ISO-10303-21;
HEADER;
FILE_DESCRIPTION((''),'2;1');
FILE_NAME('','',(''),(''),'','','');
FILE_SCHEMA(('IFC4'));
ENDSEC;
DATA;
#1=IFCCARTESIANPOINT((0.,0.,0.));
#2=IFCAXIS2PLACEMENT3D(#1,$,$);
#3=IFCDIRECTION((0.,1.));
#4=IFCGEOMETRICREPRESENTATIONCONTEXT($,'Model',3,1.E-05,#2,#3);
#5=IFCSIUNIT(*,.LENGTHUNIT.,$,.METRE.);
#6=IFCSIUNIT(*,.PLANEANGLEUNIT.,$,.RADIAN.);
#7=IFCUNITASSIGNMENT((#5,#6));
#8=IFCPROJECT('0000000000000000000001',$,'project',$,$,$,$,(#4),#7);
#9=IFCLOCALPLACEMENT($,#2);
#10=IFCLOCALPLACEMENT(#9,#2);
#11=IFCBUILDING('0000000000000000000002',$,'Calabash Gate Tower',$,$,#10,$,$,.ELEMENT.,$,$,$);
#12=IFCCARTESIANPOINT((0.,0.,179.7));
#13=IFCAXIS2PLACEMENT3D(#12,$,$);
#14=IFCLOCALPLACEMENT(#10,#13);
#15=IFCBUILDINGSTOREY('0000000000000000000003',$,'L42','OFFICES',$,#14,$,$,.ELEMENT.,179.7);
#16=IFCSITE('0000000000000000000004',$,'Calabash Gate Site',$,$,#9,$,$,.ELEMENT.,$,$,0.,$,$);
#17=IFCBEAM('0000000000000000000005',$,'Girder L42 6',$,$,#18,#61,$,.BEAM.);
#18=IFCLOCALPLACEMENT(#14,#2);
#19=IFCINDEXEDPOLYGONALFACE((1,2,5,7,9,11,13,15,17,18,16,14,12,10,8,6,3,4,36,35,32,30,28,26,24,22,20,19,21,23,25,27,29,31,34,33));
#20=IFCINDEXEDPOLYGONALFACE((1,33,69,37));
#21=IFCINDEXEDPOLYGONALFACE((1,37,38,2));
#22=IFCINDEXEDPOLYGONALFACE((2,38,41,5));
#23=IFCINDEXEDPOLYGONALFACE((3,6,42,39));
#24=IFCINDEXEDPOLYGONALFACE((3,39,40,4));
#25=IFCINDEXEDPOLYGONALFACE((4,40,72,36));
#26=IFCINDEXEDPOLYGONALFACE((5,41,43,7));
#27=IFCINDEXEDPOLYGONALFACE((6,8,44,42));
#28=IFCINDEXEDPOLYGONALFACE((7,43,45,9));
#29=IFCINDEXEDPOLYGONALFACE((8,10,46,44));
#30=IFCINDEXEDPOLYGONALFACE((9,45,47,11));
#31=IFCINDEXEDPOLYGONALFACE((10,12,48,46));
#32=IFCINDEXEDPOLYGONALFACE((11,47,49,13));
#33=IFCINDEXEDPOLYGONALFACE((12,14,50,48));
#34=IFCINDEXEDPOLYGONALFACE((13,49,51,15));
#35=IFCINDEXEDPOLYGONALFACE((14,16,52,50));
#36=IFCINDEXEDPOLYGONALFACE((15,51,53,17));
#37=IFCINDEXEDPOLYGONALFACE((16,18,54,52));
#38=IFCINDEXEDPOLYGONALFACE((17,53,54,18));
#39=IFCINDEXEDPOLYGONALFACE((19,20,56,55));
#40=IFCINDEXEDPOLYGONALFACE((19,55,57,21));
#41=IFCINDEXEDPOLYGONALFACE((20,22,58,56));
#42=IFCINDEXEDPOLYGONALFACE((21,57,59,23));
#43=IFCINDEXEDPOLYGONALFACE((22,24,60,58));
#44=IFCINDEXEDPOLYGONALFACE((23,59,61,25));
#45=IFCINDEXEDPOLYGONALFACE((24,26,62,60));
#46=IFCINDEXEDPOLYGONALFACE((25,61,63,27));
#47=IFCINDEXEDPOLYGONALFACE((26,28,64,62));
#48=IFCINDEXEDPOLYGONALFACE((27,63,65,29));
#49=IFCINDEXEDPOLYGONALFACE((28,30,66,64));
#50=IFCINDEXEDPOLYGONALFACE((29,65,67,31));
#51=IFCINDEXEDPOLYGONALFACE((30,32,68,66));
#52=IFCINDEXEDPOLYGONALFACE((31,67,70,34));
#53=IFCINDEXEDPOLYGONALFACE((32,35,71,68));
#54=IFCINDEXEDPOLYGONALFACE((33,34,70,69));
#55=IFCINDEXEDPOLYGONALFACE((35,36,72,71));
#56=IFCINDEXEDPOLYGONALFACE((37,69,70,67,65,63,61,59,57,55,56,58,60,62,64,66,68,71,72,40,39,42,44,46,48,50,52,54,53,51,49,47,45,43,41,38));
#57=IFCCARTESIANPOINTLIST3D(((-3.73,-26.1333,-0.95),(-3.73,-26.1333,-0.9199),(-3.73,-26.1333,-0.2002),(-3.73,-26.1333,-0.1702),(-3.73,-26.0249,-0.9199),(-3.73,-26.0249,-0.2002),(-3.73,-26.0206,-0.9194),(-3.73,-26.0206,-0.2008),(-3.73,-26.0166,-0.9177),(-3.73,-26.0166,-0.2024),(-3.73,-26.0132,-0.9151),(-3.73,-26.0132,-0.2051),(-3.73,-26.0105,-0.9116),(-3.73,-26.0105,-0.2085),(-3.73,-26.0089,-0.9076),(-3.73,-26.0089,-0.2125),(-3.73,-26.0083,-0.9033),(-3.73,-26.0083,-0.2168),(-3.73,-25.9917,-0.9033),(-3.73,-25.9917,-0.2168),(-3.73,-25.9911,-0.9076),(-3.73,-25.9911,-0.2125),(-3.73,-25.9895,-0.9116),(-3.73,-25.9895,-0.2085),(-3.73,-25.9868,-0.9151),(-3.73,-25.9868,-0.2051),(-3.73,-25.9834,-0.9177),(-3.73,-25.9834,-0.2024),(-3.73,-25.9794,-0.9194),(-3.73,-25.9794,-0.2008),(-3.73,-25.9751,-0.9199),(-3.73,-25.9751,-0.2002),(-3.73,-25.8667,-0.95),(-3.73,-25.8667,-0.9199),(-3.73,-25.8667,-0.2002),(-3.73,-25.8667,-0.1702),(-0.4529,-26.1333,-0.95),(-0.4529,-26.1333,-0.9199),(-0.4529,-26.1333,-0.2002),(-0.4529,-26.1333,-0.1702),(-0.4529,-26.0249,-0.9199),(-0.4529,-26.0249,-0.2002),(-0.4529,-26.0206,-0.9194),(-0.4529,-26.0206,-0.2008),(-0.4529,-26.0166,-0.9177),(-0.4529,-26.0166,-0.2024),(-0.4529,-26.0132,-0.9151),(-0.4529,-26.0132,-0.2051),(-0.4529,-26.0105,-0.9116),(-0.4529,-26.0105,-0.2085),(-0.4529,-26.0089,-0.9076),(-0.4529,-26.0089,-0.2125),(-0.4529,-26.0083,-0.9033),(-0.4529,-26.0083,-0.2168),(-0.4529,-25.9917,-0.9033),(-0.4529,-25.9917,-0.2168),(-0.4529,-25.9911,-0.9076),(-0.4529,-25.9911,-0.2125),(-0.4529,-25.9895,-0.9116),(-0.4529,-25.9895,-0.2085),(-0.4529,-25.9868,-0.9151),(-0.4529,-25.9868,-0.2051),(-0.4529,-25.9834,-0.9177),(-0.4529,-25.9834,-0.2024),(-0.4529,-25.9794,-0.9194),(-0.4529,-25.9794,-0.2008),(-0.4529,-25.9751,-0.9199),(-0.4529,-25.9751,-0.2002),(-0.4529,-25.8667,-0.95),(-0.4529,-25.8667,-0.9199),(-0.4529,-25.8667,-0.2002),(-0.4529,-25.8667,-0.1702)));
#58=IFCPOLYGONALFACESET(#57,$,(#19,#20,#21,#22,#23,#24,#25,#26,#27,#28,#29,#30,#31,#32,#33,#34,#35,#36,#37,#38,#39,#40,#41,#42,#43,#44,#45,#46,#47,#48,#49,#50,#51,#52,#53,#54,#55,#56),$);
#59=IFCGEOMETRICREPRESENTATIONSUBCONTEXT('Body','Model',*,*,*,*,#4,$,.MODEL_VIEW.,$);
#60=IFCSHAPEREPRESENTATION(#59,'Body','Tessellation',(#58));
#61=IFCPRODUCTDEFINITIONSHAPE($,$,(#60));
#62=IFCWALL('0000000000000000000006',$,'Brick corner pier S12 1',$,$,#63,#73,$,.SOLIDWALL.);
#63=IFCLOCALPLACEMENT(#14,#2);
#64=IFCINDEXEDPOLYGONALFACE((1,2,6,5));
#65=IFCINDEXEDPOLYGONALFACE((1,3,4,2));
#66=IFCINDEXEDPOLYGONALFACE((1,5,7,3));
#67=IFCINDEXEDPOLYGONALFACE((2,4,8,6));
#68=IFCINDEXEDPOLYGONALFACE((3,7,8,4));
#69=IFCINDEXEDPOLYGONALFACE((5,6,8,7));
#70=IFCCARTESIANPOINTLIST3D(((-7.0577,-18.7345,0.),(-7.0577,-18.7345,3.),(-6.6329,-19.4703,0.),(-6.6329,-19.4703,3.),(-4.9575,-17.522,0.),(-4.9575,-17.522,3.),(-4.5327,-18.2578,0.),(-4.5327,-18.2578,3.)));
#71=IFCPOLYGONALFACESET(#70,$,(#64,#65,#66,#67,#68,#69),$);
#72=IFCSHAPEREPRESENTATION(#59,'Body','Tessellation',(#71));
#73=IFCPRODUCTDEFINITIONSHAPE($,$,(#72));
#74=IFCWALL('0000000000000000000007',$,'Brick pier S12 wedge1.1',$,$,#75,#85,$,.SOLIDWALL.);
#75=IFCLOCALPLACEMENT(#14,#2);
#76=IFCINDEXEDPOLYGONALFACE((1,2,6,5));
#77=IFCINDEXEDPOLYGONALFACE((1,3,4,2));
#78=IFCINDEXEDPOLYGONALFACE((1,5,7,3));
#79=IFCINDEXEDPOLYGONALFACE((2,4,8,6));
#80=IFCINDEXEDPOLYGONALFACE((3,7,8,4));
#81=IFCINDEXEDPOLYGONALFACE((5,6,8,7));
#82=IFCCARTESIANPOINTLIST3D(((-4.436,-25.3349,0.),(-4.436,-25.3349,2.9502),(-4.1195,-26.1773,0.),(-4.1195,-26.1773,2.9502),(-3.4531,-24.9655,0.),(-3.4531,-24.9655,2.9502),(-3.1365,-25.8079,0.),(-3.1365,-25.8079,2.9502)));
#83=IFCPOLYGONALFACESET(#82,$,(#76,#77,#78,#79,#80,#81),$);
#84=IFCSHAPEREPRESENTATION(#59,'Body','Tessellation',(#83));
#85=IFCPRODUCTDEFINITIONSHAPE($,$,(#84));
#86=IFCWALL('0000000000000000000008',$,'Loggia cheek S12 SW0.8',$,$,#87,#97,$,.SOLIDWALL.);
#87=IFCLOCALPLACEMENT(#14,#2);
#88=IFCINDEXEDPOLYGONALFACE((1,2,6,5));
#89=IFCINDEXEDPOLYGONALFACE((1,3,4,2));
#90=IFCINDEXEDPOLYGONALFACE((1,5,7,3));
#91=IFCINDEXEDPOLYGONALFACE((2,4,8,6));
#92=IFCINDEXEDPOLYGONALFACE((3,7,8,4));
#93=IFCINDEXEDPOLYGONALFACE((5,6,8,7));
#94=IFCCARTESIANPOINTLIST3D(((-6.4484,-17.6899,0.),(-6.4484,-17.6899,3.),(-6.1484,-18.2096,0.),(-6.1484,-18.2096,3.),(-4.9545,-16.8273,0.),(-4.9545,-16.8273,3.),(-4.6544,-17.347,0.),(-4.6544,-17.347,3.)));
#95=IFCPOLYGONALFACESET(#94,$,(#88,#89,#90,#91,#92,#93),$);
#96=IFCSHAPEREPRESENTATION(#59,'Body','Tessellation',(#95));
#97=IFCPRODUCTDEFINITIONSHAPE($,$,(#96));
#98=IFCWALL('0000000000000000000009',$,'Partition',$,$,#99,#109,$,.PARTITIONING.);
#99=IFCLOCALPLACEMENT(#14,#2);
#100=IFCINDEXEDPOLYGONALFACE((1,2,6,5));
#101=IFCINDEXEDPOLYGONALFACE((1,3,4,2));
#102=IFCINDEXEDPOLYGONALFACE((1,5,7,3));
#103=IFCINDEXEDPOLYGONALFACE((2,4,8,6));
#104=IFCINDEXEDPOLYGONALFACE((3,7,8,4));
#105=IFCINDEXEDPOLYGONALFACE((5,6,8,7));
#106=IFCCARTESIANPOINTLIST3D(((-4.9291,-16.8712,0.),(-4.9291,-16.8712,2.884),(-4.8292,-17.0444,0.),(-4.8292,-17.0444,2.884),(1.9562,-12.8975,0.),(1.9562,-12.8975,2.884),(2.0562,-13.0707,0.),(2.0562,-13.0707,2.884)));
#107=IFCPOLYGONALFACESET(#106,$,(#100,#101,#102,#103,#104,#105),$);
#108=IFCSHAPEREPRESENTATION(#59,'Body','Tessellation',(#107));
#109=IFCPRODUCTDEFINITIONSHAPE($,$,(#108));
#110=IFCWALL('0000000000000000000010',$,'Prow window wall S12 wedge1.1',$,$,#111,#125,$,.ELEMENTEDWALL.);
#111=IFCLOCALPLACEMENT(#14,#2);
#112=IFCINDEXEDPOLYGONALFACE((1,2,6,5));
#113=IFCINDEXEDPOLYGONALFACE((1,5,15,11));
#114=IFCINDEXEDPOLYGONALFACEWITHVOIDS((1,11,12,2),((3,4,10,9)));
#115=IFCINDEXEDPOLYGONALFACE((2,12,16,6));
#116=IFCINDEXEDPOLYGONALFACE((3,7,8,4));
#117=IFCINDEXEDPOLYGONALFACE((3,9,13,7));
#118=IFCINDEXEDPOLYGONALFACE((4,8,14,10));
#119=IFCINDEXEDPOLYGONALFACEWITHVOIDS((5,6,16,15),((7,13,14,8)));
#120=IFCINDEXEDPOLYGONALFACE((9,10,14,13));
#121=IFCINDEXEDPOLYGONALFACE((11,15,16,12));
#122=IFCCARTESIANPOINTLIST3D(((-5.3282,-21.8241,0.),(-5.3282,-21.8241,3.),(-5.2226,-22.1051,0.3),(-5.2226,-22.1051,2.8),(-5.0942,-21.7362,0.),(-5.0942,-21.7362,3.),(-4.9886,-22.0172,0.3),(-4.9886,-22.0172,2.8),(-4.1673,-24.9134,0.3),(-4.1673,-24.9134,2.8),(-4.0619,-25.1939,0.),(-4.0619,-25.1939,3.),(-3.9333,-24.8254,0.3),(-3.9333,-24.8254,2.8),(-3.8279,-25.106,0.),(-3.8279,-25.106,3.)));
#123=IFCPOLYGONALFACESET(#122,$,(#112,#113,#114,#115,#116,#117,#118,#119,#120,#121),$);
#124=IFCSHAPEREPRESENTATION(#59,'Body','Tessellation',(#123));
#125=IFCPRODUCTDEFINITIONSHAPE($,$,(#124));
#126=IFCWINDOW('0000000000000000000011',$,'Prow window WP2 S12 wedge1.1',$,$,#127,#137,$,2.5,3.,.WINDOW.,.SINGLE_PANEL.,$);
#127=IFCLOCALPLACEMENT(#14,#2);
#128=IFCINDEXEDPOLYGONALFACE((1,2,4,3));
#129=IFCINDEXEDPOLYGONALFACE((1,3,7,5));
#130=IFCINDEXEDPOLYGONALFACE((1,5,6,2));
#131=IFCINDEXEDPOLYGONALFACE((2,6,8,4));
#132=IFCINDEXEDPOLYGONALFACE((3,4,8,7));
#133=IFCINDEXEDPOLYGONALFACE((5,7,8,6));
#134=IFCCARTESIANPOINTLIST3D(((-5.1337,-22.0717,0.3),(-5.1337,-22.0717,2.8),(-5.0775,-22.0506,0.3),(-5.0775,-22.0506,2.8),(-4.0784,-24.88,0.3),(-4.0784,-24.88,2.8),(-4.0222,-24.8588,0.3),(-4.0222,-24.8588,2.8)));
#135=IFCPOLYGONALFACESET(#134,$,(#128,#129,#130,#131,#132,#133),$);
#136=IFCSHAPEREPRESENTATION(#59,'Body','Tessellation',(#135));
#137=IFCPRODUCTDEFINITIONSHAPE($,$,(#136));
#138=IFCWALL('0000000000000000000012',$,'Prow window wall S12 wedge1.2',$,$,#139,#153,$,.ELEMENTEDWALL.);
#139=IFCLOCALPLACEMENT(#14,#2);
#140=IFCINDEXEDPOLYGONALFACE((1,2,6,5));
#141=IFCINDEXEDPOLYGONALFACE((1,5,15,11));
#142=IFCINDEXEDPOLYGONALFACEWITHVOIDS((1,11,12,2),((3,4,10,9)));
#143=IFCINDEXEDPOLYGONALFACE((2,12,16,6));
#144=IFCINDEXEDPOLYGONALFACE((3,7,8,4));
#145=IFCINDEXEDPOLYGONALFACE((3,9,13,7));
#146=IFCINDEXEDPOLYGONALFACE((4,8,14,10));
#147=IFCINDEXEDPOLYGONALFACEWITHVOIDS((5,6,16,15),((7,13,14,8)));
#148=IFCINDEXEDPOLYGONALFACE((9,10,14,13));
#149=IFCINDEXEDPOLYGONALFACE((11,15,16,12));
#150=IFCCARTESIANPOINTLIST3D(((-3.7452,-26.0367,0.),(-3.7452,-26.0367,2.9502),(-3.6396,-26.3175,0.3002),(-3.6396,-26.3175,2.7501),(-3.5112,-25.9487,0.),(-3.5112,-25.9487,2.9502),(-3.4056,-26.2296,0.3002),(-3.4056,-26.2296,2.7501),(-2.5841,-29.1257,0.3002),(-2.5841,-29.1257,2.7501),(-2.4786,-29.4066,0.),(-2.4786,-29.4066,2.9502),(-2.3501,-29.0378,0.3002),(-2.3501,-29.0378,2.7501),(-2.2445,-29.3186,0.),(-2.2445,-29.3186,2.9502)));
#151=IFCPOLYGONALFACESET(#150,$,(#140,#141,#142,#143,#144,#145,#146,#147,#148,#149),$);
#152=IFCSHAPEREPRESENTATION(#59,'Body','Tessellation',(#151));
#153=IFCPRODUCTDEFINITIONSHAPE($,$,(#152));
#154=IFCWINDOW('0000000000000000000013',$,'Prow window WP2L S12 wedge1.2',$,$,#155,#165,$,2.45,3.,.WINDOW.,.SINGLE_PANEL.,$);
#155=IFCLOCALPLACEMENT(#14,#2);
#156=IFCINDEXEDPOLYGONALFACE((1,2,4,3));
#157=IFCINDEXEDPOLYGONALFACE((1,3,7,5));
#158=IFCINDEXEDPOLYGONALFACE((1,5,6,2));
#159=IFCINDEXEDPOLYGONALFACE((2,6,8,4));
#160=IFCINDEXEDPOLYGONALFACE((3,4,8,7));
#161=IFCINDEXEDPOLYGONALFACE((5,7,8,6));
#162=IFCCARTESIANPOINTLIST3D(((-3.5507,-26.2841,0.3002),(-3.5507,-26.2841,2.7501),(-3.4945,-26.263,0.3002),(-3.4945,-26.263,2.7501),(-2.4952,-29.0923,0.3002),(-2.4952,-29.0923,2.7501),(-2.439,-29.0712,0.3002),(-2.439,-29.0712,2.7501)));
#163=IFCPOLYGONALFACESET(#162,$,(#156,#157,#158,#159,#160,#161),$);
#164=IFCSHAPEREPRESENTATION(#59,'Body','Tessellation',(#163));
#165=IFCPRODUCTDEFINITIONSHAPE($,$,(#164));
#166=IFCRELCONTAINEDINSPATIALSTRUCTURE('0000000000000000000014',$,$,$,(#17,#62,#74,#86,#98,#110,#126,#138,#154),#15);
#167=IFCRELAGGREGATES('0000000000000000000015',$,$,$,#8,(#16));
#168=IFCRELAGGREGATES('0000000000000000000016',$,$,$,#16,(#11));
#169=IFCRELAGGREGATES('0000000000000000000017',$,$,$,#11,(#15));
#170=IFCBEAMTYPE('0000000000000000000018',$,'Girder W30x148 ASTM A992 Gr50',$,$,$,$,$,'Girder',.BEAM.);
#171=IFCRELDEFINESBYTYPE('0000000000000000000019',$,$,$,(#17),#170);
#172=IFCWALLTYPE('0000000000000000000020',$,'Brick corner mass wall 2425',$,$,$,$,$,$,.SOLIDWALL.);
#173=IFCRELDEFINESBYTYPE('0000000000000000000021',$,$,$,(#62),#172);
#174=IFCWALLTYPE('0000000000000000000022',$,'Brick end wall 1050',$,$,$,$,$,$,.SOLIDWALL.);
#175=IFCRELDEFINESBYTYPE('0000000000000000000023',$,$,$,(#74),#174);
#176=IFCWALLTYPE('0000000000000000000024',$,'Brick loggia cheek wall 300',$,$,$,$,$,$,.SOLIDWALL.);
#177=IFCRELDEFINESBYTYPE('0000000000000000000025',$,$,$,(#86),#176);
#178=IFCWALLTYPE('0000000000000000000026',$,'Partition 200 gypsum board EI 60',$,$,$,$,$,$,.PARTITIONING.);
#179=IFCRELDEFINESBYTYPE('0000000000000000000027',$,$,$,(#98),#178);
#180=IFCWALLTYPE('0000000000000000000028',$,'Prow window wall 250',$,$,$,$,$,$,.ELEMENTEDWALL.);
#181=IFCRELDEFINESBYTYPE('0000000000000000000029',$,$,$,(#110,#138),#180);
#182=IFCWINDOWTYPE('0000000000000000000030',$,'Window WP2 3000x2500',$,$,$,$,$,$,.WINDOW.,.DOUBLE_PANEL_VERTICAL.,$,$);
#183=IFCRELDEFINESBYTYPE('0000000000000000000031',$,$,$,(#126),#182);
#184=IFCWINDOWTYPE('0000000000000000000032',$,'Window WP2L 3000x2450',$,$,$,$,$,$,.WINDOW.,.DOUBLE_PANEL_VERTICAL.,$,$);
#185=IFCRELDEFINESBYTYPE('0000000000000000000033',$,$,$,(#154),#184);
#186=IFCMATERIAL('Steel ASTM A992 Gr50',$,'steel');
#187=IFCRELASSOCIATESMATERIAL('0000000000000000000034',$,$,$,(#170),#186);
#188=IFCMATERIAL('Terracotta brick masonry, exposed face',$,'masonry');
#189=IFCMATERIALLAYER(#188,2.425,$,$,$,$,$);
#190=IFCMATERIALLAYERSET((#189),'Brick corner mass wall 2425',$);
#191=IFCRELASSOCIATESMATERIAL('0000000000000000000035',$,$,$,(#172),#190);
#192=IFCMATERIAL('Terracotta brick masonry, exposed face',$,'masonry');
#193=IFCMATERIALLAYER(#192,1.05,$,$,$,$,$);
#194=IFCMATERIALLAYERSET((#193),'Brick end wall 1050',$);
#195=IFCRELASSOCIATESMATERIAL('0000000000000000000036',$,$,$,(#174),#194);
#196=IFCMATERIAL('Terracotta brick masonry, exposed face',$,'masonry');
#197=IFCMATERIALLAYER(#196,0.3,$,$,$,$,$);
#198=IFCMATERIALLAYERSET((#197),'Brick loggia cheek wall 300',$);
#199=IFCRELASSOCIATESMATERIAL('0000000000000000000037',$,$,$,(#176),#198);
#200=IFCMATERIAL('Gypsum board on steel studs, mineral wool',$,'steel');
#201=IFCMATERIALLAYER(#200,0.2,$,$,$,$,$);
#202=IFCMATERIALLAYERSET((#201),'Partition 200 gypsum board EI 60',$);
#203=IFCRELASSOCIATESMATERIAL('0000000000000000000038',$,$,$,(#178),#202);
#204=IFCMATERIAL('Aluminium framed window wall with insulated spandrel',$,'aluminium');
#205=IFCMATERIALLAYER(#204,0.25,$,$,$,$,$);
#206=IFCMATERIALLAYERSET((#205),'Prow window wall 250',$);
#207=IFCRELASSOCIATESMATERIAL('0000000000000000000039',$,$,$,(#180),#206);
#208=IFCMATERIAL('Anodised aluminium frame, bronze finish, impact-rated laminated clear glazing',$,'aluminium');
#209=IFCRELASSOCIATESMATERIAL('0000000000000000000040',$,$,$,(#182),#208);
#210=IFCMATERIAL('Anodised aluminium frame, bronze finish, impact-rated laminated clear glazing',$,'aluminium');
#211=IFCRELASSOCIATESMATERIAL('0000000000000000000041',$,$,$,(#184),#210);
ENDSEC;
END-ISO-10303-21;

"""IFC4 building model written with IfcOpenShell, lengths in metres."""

from ifc_helpers import new_model, si_unit, direction, frame, frame_2d, origin, origin_2d, place, context, subcontext, project, spatial, rectangle, i_section, extrude, material, layer, layer_set, material_profile, profile_set, type_object, element, fill, save


model = new_model("IFC4")

# Units and contexts
model_context = context("Model", 3, precision=1e-05, world=origin(), true_north=direction((0.0, 1.0)))
body_context = subcontext(model_context, "Body", "Model", "MODEL_VIEW")
ifc_project = project(units=[si_unit("LENGTHUNIT", "METRE"), si_unit("PLANEANGLEUNIT", "RADIAN")], contexts=[model_context])

# Site, building, storey
site_placement = place(None, origin())
site = spatial("IfcSite", under=ifc_project, at=site_placement, Name="Calabash Gate Site", CompositionType="ELEMENT", RefElevation=0.0)
building_placement = place(site_placement, origin())
building = spatial("IfcBuilding", under=site, at=building_placement, Name="Calabash Gate Tower", CompositionType="ELEMENT")
storey_placement = place(building_placement, frame((0.0, 0.0, 179.7)))
storey = spatial("IfcBuildingStorey", under=building, at=storey_placement, Name="L42", Description="OFFICES", CompositionType="ELEMENT", Elevation=179.7)

# Beam
ifc_material_1 = material(Name="Steel ASTM A992 Gr50", Category="steel")
ifc_material_profile_1 = material_profile(ifc_material_1, i_section(OverallWidth=0.2666, OverallDepth=0.7798, WebThickness=0.0166, FlangeThickness=0.03, FilletRadius=0.0166, at=origin_2d()))
ifc_profile_set_1 = profile_set([ifc_material_profile_1], Name="Steel ASTM A992 Gr50")
beam_type_1 = type_object("IfcBeamType", Name="Girder W30x148 ASTM A992 Gr50", ElementType="Girder", PredefinedType="BEAM", material=ifc_profile_set_1)
beam_1_placement = place(storey_placement, frame((-3.73, -26.0, -0.5601), z_axis=(1.0, 0.0, 0.0), x_axis=(0.0, 1.0, 0.0)))
element("IfcBeam", 1, at=beam_1_placement, inside=storey, type_object=beam_type_1, Name="Girder L42 6", PredefinedType="BEAM", context=body_context, shape_type="SweptSolid", body=[
    extrude(i_section(OverallWidth=0.2666, OverallDepth=0.7798, WebThickness=0.0166, FlangeThickness=0.03, FilletRadius=0.0166, at=origin_2d()), origin(), (0.0, 0.0, 1.0), 3.2771),
])

# Walls
ifc_material_2 = material(Name="Terracotta brick masonry, exposed face", Category="masonry")
ifc_layer_1 = layer(ifc_material_2, 2.425)
ifc_layer_set_1 = layer_set([ifc_layer_1], Name="Brick corner mass wall 2425")
wall_type_1 = type_object("IfcWallType", Name="Brick corner mass wall 2425", PredefinedType="SOLIDWALL", material=ifc_layer_set_1)
wall_1_placement = place(storey_placement, frame((-6.8452, -19.1023, 0.0), z_axis=(0.0, 0.0, 1.0), x_axis=(0.866041, 0.499972, 0.0)))
element("IfcWall", 2, at=wall_1_placement, inside=storey, type_object=wall_type_1, Name="Brick corner pier S12 1", PredefinedType="SOLIDWALL", context=body_context, shape_type="SweptSolid", body=[
    extrude(rectangle(XDim=2.425, YDim=0.8496, at=frame_2d((1.2124, 0.0))), origin(), (0.0, 0.0, 1.0), 3.0),
])
ifc_material_3 = material(Name="Terracotta brick masonry, exposed face", Category="masonry")
ifc_layer_2 = layer(ifc_material_3, 1.05)
ifc_layer_set_2 = layer_set([ifc_layer_2], Name="Brick end wall 1050")
wall_type_2 = type_object("IfcWallType", Name="Brick end wall 1050", PredefinedType="SOLIDWALL", material=ifc_layer_set_2)
wall_2_placement = place(storey_placement, frame((-3.2949, -25.3867, 0.0), z_axis=(0.0, 0.0, 1.0), x_axis=(-0.936081, -0.351786, 0.0)))
element("IfcWall", 3, at=wall_2_placement, inside=storey, type_object=wall_type_2, Name="Brick pier S12 wedge1.1", PredefinedType="SOLIDWALL", context=body_context, shape_type="SweptSolid", body=[
    extrude(rectangle(XDim=1.05, YDim=0.8999, at=frame_2d((0.5249, 0.0))), origin(), (0.0, 0.0, 1.0), 2.9502),
])
ifc_material_4 = material(Name="Terracotta brick masonry, exposed face", Category="masonry")
ifc_layer_3 = layer(ifc_material_4, 0.3)
ifc_layer_set_3 = layer_set([ifc_layer_3], Name="Brick loggia cheek wall 300")
wall_type_3 = type_object("IfcWallType", Name="Brick loggia cheek wall 300", PredefinedType="SOLIDWALL", material=ifc_layer_set_3)
wall_3_placement = place(storey_placement, frame((-4.8044, -17.0872, 0.0), z_axis=(0.0, 0.0, 1.0), x_axis=(-0.866014, -0.500021, 0.0)))
element("IfcWall", 4, at=wall_3_placement, inside=storey, type_object=wall_type_3, Name="Loggia cheek S12 SW0.8", PredefinedType="SOLIDWALL", context=body_context, shape_type="SweptSolid", body=[
    extrude(rectangle(XDim=1.7251, YDim=0.6001, at=frame_2d((0.8625, 0.0))), origin(), (0.0, 0.0, 1.0), 3.0),
])
ifc_material_5 = material(Name="Gypsum board on steel studs, mineral wool", Category="steel")
ifc_layer_4 = layer(ifc_material_5, 0.2)
ifc_layer_set_4 = layer_set([ifc_layer_4], Name="Partition 200 gypsum board EI 60")
wall_type_4 = type_object("IfcWallType", Name="Partition 200 gypsum board EI 60", PredefinedType="PARTITIONING", material=ifc_layer_set_4)
wall_4_placement = place(storey_placement, frame((-4.8792, -16.9578, 0.0), z_axis=(0.0, 0.0, 1.0), x_axis=(0.866111, 0.499852, 0.0)))
element("IfcWall", 5, at=wall_4_placement, inside=storey, type_object=wall_type_4, Name="Partition", PredefinedType="PARTITIONING", context=body_context, shape_type="SweptSolid", body=[
    extrude(rectangle(XDim=7.9497, YDim=0.2, at=frame_2d((3.9749, 0.0))), origin(), (0.0, 0.0, 1.0), 2.884),
])

# Walls, openings, windows
ifc_material_6 = material(Name="Aluminium framed window wall with insulated spandrel", Category="aluminium")
ifc_layer_5 = layer(ifc_material_6, 0.25)
ifc_layer_set_5 = layer_set([ifc_layer_5], Name="Prow window wall 250")
wall_type_5 = type_object("IfcWallType", Name="Prow window wall 250", PredefinedType="ELEMENTEDWALL", material=ifc_layer_set_5)
wall_5_placement = place(storey_placement, frame((-5.2112, -21.7803, 0.0), z_axis=(0.0, 0.0, 1.0), x_axis=(0.35177, -0.936086, 0.0)))
wall_5 = element("IfcWall", 6, at=wall_5_placement, inside=storey, type_object=wall_type_5, Name="Prow window wall S12 wedge1.1", PredefinedType="ELEMENTEDWALL", context=body_context, shape_type="SweptSolid", body=[
    extrude(rectangle(XDim=3.5999, YDim=0.25, at=frame_2d((1.7998, 0.0))), origin(), (0.0, 0.0, 1.0), 3.0),
])
opening_1_placement = place(wall_5_placement, frame((0.3, 0.0, 0.3)))
opening_1 = element("IfcOpeningElement", 7, at=opening_1_placement, cuts=wall_5, PredefinedType="OPENING", context=body_context, shape_type="SweptSolid", body=[
    extrude(rectangle(XDim=3.0, YDim=2.5, at=frame_2d((1.5, 1.25))), frame((0.0, 0.135, 0.0), z_axis=(0.0, -1.0, 0.0), x_axis=(1.0, 0.0, 0.0)), (0.0, 0.0, 1.0), 0.27),
])
ifc_material_7 = material(Name="Anodised aluminium frame, bronze finish, impact-rated laminated clear glazing", Category="aluminium")
window_type_1 = type_object("IfcWindowType", Name="Window WP2 3000x2500", PartitioningType="DOUBLE_PANEL_VERTICAL", PredefinedType="WINDOW", material=ifc_material_7)
window_1_placement = place(opening_1_placement, origin())
window_1 = element("IfcWindow", 8, at=window_1_placement, inside=storey, type_object=window_type_1, Name="Prow window WP2 S12 wedge1.1", OverallHeight=2.5, OverallWidth=3.0, PartitioningType="SINGLE_PANEL", PredefinedType="WINDOW", context=body_context, shape_type="SweptSolid", body=[
    extrude(rectangle(XDim=3.0, YDim=2.5, at=frame_2d((1.5, 1.25))), frame((0.0, 0.03, 0.0), z_axis=(0.0, -1.0, 0.0), x_axis=(1.0, 0.0, 0.0)), (0.0, 0.0, 1.0), 0.0601),
])
fill(opening_1, window_1)
wall_6_placement = place(storey_placement, frame((-3.6282, -25.9927, 0.0), z_axis=(0.0, 0.0, 1.0), x_axis=(0.351829, -0.936064, 0.0)))
wall_6 = element("IfcWall", 9, at=wall_6_placement, inside=storey, type_object=wall_type_5, Name="Prow window wall S12 wedge1.2", PredefinedType="ELEMENTEDWALL", context=body_context, shape_type="SweptSolid", body=[
    extrude(rectangle(XDim=3.6001, YDim=0.25, at=frame_2d((1.8, 0.0))), origin(), (0.0, 0.0, 1.0), 2.9502),
])
opening_2_placement = place(wall_6_placement, frame((0.3, 0.0, 0.3)))
opening_2 = element("IfcOpeningElement", 10, at=opening_2_placement, cuts=wall_6, PredefinedType="OPENING", context=body_context, shape_type="SweptSolid", body=[
    extrude(rectangle(XDim=3.0, YDim=2.45, at=frame_2d((1.5, 1.2251))), frame((0.0, 0.135, 0.0), z_axis=(0.0, -1.0, 0.0), x_axis=(1.0, 0.0, 0.0)), (0.0, 0.0, 1.0), 0.27),
])
ifc_material_8 = material(Name="Anodised aluminium frame, bronze finish, impact-rated laminated clear glazing", Category="aluminium")
window_type_2 = type_object("IfcWindowType", Name="Window WP2L 3000x2450", PartitioningType="DOUBLE_PANEL_VERTICAL", PredefinedType="WINDOW", material=ifc_material_8)
window_2_placement = place(opening_2_placement, origin())
window_2 = element("IfcWindow", 11, at=window_2_placement, inside=storey, type_object=window_type_2, Name="Prow window WP2L S12 wedge1.2", OverallHeight=2.45, OverallWidth=3.0, PartitioningType="SINGLE_PANEL", PredefinedType="WINDOW", context=body_context, shape_type="SweptSolid", body=[
    extrude(rectangle(XDim=3.0, YDim=2.45, at=frame_2d((1.5, 1.2251))), frame((0.0, 0.03, 0.0), z_axis=(0.0, -1.0, 0.0), x_axis=(1.0, 0.0, 0.0)), (0.0, 0.0, 1.0), 0.0601),
])
fill(opening_2, window_2)

save(model, "model.ifc")
